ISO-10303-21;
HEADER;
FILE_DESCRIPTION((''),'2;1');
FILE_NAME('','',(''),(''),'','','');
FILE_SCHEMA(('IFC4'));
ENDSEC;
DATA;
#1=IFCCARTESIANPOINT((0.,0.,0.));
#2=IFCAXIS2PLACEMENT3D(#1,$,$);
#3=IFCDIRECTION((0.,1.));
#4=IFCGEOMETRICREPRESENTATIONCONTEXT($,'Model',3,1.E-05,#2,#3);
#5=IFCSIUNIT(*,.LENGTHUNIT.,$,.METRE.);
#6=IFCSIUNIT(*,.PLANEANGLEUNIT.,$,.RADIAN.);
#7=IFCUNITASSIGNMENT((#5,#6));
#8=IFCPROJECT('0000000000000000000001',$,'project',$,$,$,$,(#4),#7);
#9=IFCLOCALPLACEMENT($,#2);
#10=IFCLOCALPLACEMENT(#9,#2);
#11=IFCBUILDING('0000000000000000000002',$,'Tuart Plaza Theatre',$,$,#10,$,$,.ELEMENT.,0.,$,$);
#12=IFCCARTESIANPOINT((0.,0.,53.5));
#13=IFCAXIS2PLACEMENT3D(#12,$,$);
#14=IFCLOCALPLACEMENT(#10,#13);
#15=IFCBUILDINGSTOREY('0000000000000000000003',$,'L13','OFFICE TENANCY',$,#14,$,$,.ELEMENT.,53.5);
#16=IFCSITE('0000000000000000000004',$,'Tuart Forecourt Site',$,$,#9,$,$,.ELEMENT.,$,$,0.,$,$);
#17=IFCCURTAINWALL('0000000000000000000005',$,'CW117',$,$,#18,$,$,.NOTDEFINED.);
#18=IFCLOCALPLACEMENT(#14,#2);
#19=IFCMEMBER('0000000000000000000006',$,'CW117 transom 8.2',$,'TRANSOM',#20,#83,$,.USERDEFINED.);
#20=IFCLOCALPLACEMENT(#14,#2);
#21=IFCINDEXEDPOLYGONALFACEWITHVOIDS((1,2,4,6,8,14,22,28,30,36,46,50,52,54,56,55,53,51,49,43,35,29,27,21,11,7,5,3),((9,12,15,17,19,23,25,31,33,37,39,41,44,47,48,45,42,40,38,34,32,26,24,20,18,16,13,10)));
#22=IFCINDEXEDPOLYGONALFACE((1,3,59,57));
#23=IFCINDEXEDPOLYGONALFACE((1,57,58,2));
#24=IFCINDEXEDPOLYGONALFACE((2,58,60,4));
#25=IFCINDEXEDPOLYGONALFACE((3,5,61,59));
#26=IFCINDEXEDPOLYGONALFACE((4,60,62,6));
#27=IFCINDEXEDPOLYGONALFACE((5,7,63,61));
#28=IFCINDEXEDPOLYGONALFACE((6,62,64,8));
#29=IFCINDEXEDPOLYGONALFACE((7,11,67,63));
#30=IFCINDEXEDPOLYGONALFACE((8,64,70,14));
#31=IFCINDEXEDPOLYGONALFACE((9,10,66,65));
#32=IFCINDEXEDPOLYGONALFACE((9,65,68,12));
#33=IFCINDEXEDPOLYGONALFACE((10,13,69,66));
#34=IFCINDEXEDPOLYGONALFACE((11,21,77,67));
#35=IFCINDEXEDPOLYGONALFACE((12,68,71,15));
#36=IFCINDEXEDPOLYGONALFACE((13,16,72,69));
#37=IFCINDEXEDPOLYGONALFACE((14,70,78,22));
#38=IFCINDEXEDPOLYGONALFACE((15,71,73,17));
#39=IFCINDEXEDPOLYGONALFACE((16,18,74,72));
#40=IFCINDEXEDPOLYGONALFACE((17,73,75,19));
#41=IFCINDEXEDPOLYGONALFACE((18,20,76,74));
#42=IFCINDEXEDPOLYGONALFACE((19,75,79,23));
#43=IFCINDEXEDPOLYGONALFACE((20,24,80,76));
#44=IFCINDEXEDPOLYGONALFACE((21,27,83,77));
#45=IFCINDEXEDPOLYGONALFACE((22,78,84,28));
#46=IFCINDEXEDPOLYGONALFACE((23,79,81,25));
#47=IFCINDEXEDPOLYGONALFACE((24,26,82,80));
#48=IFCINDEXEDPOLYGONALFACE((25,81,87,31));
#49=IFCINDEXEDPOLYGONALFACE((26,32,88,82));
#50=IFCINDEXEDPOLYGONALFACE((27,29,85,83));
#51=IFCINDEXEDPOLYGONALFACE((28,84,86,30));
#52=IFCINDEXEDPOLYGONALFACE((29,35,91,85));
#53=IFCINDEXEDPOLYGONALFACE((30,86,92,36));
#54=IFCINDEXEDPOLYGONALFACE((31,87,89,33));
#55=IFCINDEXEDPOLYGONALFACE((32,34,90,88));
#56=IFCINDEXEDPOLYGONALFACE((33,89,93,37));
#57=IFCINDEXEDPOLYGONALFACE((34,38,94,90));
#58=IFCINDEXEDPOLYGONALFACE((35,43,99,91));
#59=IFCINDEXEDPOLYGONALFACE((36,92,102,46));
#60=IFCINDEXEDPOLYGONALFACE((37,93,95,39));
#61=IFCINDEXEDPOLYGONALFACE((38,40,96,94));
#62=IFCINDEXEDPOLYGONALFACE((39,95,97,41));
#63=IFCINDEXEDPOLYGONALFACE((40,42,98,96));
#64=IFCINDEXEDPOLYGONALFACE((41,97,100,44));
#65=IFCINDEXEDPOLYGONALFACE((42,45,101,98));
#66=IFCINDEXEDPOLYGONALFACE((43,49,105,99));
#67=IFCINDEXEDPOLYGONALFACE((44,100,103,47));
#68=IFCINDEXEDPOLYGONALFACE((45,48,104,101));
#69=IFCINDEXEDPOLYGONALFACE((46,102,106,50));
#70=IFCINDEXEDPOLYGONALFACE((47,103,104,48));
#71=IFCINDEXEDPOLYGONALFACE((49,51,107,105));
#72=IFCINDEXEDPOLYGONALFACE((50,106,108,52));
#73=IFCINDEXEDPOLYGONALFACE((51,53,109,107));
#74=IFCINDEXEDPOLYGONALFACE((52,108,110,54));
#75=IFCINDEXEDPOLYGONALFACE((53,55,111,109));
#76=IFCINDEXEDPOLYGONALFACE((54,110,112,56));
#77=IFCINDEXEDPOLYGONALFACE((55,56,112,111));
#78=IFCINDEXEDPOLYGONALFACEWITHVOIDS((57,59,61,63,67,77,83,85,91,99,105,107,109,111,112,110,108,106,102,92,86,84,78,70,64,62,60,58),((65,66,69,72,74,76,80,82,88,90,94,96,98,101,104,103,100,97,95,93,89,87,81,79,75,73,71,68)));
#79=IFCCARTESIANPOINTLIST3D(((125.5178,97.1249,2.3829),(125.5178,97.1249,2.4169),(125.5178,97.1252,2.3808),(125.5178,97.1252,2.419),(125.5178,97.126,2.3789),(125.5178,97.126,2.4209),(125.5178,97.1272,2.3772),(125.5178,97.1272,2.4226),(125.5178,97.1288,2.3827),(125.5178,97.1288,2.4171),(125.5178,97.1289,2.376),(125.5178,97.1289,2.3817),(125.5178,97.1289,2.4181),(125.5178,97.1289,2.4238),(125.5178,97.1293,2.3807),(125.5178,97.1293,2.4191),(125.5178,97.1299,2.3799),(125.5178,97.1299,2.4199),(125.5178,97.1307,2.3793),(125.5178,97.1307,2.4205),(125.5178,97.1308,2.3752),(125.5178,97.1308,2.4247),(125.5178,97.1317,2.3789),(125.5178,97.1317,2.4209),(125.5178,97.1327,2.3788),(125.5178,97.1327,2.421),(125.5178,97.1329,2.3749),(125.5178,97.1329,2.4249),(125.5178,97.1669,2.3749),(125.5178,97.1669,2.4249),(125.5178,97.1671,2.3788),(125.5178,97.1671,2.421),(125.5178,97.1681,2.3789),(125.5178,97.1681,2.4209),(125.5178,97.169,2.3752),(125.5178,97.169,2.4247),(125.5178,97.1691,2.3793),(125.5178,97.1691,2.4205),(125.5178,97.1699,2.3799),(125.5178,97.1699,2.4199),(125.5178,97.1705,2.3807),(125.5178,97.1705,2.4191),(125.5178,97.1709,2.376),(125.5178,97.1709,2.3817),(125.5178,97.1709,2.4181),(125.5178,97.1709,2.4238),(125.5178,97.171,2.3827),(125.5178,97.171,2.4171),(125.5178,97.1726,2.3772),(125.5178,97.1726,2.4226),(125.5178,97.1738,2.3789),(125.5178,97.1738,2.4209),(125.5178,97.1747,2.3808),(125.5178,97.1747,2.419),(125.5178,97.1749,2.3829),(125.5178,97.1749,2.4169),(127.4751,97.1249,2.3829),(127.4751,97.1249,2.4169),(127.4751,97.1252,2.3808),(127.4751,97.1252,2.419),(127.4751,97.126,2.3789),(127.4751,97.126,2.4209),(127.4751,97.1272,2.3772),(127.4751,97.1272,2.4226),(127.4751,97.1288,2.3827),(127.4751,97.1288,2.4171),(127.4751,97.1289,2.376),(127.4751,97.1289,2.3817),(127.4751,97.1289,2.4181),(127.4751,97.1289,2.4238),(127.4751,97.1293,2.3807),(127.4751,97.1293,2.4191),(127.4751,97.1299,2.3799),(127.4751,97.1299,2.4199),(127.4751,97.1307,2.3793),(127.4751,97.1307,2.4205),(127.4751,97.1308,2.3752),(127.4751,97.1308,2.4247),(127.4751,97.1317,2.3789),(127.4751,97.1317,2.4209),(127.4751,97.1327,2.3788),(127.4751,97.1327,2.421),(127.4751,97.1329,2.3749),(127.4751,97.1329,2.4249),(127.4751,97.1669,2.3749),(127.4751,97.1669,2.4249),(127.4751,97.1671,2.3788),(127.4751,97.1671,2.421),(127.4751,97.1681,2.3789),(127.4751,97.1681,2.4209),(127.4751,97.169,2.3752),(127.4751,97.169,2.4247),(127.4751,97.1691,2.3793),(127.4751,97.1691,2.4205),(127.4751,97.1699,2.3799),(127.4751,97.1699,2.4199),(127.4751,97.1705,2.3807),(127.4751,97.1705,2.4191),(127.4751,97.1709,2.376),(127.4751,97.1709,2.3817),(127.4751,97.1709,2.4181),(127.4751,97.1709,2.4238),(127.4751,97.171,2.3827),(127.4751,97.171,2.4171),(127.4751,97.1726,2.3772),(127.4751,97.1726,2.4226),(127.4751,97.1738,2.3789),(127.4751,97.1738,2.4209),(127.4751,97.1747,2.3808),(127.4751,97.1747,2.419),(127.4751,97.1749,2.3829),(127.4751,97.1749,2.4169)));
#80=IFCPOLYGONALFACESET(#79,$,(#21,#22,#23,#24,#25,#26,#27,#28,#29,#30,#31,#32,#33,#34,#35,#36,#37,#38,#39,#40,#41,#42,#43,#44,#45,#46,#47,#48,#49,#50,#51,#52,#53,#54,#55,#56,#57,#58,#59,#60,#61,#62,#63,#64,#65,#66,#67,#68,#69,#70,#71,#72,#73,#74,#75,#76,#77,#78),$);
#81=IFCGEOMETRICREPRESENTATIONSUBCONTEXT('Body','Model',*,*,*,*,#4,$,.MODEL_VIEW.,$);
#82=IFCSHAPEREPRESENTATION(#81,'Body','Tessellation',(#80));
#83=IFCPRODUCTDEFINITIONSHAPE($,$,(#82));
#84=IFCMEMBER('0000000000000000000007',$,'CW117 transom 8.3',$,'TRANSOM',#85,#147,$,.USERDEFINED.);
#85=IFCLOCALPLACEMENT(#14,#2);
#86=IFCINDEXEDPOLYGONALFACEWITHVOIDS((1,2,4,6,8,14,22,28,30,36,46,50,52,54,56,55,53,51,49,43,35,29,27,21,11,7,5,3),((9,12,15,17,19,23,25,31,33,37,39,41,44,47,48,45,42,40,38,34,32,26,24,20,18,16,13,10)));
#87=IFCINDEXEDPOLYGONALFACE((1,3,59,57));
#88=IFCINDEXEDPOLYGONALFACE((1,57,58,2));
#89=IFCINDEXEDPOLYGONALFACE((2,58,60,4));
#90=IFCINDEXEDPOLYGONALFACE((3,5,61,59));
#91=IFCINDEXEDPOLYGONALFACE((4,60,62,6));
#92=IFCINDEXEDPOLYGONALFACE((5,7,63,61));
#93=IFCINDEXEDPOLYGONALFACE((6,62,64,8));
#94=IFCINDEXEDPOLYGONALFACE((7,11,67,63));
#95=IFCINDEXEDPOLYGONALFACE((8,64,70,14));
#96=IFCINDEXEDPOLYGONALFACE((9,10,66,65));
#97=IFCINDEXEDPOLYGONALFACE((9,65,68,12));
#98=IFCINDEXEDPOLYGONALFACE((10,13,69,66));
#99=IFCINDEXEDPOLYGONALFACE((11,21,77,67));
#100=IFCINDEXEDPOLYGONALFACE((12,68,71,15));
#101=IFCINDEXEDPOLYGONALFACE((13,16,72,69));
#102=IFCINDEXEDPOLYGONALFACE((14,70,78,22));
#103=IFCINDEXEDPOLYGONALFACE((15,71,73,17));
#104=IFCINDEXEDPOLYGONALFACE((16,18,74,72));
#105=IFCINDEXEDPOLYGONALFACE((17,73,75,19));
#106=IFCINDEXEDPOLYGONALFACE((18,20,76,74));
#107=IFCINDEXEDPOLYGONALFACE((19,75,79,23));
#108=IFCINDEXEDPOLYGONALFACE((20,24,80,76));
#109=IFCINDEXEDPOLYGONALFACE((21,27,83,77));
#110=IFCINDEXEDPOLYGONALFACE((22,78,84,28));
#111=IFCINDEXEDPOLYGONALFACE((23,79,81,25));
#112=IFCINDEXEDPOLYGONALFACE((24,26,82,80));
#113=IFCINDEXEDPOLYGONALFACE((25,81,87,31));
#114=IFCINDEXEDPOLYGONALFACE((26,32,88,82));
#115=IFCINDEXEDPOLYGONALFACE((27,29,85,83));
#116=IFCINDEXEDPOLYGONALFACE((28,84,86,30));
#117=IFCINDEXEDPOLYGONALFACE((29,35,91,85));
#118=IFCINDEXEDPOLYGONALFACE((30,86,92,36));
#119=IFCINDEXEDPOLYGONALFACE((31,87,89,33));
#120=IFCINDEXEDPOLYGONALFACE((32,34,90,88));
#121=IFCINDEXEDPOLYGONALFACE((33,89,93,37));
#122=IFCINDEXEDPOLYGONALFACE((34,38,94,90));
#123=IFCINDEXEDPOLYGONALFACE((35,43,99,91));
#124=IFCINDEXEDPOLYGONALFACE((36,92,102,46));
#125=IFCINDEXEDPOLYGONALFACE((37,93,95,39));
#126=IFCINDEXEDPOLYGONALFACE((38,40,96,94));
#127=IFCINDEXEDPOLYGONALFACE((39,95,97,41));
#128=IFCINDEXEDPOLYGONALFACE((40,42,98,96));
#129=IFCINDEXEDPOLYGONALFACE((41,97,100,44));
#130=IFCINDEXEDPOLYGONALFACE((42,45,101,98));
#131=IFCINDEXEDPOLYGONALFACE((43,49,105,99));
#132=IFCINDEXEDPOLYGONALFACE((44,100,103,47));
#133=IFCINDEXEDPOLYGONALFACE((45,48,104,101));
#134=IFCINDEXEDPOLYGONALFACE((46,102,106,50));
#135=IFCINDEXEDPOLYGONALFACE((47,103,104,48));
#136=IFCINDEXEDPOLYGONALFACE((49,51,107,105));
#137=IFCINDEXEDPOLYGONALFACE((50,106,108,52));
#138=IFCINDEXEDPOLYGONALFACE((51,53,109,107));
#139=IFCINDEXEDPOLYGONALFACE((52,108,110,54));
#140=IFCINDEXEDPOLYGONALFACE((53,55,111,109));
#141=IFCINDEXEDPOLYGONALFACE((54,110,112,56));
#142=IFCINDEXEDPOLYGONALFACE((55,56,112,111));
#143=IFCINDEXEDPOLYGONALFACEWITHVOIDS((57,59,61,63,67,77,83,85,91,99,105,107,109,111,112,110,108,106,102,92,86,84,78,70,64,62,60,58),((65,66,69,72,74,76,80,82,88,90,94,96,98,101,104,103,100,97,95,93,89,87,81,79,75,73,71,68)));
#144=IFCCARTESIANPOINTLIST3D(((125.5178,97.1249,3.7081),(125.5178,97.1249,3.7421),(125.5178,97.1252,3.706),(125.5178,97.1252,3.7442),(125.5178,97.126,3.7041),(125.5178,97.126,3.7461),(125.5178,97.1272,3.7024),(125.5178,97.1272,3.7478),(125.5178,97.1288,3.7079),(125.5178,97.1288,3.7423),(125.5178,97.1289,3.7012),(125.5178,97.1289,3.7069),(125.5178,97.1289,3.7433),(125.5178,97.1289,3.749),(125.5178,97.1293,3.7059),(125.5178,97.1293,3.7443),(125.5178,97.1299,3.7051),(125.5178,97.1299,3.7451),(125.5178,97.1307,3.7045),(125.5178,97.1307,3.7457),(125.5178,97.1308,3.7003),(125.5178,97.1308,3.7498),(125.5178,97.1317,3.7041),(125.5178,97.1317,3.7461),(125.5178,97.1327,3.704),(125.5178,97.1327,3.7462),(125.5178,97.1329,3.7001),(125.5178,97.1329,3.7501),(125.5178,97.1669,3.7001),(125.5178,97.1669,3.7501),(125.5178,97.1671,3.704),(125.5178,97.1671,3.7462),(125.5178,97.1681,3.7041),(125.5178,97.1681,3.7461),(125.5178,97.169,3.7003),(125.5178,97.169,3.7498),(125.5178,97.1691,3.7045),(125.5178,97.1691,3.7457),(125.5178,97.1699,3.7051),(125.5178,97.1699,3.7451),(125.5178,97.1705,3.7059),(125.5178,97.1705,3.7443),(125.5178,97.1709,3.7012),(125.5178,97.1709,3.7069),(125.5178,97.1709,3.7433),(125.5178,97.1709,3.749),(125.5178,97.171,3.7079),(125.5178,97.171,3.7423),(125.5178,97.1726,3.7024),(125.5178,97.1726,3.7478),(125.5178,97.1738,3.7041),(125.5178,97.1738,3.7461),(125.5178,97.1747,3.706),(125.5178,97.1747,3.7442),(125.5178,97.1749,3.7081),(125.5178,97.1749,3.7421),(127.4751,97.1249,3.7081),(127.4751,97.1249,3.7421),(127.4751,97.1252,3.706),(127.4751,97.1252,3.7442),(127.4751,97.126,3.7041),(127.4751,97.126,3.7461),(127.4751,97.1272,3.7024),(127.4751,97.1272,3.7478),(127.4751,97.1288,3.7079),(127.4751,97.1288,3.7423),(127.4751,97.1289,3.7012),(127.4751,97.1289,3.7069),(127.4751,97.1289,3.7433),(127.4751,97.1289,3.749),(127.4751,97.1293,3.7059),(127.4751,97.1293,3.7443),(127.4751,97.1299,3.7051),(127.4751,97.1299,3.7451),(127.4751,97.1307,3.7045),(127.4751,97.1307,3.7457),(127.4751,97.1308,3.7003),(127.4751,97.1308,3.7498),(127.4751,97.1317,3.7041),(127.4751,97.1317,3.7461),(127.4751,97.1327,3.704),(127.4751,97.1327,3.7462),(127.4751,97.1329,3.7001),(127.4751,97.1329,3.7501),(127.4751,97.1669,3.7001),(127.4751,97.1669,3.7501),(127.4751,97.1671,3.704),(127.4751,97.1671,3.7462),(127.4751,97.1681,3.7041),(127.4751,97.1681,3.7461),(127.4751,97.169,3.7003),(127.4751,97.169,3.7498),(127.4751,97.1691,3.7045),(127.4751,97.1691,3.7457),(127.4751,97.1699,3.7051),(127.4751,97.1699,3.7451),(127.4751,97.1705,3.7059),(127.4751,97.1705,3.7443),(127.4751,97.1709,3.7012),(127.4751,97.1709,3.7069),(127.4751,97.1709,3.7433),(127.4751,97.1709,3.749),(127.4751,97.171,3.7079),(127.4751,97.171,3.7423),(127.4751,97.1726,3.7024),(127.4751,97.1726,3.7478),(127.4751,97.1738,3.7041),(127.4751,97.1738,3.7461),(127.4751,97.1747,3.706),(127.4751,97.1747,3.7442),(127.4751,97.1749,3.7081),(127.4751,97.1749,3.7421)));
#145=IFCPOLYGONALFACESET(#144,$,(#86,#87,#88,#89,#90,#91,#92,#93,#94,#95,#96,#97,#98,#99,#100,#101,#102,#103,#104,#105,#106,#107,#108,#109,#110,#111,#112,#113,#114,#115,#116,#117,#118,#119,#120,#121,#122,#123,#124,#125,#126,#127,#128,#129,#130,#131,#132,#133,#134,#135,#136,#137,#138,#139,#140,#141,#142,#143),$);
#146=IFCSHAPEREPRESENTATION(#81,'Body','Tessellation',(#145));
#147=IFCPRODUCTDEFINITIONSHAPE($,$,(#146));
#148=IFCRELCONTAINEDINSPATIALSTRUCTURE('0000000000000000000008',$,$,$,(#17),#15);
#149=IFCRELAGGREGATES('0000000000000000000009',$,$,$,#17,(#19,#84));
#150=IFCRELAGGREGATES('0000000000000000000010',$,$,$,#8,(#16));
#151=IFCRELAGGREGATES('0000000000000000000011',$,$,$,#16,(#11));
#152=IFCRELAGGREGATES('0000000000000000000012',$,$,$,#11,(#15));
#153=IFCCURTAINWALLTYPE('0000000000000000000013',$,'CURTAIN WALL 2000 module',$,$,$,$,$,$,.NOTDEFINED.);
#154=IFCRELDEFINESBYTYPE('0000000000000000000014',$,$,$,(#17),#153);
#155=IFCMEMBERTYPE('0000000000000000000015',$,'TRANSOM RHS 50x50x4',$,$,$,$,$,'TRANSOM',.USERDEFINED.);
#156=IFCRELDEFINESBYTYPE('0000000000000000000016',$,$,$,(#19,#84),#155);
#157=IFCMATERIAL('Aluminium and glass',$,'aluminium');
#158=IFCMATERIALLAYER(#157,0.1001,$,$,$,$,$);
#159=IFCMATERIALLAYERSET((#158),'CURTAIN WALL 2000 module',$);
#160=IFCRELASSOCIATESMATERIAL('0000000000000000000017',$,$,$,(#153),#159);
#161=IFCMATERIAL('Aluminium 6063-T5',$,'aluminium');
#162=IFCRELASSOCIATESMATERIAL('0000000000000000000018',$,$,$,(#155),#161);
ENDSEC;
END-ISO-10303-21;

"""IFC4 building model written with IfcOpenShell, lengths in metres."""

from ifc_helpers import new_model, si_unit, direction, frame, origin, origin_2d, place, context, subcontext, project, spatial, hollow_rectangle, extrude, material, layer, layer_set, material_profile, profile_set, type_object, element, aggregate, save


model = new_model("IFC4")

# Units and contexts
model_context = context("Model", 3, precision=1e-05, world=origin(), true_north=direction((0.0, 1.0)))
body_context = subcontext(model_context, "Body", "Model", "MODEL_VIEW")
ifc_project = project(units=[si_unit("LENGTHUNIT", "METRE"), si_unit("PLANEANGLEUNIT", "RADIAN")], contexts=[model_context])

# Site, building, storey
site_placement = place(None, origin())
site = spatial("IfcSite", under=ifc_project, at=site_placement, Name="Tuart Forecourt Site", CompositionType="ELEMENT", RefElevation=0.0)
building_placement = place(site_placement, origin())
building = spatial("IfcBuilding", under=site, at=building_placement, Name="Tuart Plaza Theatre", CompositionType="ELEMENT", ElevationOfRefHeight=0.0)
storey_placement = place(building_placement, frame((0.0, 0.0, 53.5)))
storey = spatial("IfcBuildingStorey", under=building, at=storey_placement, Name="L13", Description="OFFICE TENANCY", CompositionType="ELEMENT", Elevation=53.5)

# Curtain wall, members
ifc_material_1 = material(Name="Aluminium and glass", Category="aluminium")
ifc_layer_1 = layer(ifc_material_1, 0.1001)
ifc_layer_set_1 = layer_set([ifc_layer_1], Name="CURTAIN WALL 2000 module")
curtain_wall_type = type_object("IfcCurtainWallType", Name="CURTAIN WALL 2000 module", PredefinedType="NOTDEFINED", material=ifc_layer_set_1)
curtain_wall_placement = place(storey_placement, origin())
curtain_wall = element("IfcCurtainWall", 1, at=curtain_wall_placement, inside=storey, type_object=curtain_wall_type, Name="CW117", PredefinedType="NOTDEFINED")
ifc_material_2 = material(Name="Aluminium 6063-T5", Category="aluminium")
ifc_material_profile_1 = material_profile(ifc_material_2, hollow_rectangle(XDim=0.05, YDim=0.05, WallThickness=0.0039, InnerFilletRadius=0.0039, OuterFilletRadius=0.0081, at=origin_2d()), Name="RHS 50x50x4")
ifc_profile_set_1 = profile_set([ifc_material_profile_1], Name="Aluminium 6063-T5")
member_type_1 = type_object("IfcMemberType", Name="TRANSOM RHS 50x50x4", ElementType="TRANSOM", PredefinedType="USERDEFINED", material=ifc_profile_set_1)
member_1_placement = place(storey_placement, frame((127.4751, 97.1499, 2.3999), z_axis=(-1.0, 0.0, 0.0), x_axis=(0.0, -1.0, 0.0)))
member_1 = element("IfcMember", 2, at=member_1_placement, type_object=member_type_1, Name="CW117 transom 8.2", ObjectType="TRANSOM", PredefinedType="USERDEFINED", context=body_context, shape_type="SweptSolid", body=[
    extrude(hollow_rectangle(XDim=0.05, YDim=0.05, WallThickness=0.0039, InnerFilletRadius=0.0039, OuterFilletRadius=0.0081, at=origin_2d()), origin(), (0.0, 0.0, 1.0), 1.9573),
])
member_2_placement = place(storey_placement, frame((127.4751, 97.1499, 3.7251), z_axis=(-1.0, 0.0, 0.0), x_axis=(0.0, -1.0, 0.0)))
member_2 = element("IfcMember", 3, at=member_2_placement, type_object=member_type_1, Name="CW117 transom 8.3", ObjectType="TRANSOM", PredefinedType="USERDEFINED", context=body_context, shape_type="SweptSolid", body=[
    extrude(hollow_rectangle(XDim=0.05, YDim=0.05, WallThickness=0.0039, InnerFilletRadius=0.0039, OuterFilletRadius=0.0081, at=origin_2d()), origin(), (0.0, 0.0, 1.0), 1.9573),
])
aggregate(curtain_wall, [member_1, member_2])

save(model, "model.ifc")
